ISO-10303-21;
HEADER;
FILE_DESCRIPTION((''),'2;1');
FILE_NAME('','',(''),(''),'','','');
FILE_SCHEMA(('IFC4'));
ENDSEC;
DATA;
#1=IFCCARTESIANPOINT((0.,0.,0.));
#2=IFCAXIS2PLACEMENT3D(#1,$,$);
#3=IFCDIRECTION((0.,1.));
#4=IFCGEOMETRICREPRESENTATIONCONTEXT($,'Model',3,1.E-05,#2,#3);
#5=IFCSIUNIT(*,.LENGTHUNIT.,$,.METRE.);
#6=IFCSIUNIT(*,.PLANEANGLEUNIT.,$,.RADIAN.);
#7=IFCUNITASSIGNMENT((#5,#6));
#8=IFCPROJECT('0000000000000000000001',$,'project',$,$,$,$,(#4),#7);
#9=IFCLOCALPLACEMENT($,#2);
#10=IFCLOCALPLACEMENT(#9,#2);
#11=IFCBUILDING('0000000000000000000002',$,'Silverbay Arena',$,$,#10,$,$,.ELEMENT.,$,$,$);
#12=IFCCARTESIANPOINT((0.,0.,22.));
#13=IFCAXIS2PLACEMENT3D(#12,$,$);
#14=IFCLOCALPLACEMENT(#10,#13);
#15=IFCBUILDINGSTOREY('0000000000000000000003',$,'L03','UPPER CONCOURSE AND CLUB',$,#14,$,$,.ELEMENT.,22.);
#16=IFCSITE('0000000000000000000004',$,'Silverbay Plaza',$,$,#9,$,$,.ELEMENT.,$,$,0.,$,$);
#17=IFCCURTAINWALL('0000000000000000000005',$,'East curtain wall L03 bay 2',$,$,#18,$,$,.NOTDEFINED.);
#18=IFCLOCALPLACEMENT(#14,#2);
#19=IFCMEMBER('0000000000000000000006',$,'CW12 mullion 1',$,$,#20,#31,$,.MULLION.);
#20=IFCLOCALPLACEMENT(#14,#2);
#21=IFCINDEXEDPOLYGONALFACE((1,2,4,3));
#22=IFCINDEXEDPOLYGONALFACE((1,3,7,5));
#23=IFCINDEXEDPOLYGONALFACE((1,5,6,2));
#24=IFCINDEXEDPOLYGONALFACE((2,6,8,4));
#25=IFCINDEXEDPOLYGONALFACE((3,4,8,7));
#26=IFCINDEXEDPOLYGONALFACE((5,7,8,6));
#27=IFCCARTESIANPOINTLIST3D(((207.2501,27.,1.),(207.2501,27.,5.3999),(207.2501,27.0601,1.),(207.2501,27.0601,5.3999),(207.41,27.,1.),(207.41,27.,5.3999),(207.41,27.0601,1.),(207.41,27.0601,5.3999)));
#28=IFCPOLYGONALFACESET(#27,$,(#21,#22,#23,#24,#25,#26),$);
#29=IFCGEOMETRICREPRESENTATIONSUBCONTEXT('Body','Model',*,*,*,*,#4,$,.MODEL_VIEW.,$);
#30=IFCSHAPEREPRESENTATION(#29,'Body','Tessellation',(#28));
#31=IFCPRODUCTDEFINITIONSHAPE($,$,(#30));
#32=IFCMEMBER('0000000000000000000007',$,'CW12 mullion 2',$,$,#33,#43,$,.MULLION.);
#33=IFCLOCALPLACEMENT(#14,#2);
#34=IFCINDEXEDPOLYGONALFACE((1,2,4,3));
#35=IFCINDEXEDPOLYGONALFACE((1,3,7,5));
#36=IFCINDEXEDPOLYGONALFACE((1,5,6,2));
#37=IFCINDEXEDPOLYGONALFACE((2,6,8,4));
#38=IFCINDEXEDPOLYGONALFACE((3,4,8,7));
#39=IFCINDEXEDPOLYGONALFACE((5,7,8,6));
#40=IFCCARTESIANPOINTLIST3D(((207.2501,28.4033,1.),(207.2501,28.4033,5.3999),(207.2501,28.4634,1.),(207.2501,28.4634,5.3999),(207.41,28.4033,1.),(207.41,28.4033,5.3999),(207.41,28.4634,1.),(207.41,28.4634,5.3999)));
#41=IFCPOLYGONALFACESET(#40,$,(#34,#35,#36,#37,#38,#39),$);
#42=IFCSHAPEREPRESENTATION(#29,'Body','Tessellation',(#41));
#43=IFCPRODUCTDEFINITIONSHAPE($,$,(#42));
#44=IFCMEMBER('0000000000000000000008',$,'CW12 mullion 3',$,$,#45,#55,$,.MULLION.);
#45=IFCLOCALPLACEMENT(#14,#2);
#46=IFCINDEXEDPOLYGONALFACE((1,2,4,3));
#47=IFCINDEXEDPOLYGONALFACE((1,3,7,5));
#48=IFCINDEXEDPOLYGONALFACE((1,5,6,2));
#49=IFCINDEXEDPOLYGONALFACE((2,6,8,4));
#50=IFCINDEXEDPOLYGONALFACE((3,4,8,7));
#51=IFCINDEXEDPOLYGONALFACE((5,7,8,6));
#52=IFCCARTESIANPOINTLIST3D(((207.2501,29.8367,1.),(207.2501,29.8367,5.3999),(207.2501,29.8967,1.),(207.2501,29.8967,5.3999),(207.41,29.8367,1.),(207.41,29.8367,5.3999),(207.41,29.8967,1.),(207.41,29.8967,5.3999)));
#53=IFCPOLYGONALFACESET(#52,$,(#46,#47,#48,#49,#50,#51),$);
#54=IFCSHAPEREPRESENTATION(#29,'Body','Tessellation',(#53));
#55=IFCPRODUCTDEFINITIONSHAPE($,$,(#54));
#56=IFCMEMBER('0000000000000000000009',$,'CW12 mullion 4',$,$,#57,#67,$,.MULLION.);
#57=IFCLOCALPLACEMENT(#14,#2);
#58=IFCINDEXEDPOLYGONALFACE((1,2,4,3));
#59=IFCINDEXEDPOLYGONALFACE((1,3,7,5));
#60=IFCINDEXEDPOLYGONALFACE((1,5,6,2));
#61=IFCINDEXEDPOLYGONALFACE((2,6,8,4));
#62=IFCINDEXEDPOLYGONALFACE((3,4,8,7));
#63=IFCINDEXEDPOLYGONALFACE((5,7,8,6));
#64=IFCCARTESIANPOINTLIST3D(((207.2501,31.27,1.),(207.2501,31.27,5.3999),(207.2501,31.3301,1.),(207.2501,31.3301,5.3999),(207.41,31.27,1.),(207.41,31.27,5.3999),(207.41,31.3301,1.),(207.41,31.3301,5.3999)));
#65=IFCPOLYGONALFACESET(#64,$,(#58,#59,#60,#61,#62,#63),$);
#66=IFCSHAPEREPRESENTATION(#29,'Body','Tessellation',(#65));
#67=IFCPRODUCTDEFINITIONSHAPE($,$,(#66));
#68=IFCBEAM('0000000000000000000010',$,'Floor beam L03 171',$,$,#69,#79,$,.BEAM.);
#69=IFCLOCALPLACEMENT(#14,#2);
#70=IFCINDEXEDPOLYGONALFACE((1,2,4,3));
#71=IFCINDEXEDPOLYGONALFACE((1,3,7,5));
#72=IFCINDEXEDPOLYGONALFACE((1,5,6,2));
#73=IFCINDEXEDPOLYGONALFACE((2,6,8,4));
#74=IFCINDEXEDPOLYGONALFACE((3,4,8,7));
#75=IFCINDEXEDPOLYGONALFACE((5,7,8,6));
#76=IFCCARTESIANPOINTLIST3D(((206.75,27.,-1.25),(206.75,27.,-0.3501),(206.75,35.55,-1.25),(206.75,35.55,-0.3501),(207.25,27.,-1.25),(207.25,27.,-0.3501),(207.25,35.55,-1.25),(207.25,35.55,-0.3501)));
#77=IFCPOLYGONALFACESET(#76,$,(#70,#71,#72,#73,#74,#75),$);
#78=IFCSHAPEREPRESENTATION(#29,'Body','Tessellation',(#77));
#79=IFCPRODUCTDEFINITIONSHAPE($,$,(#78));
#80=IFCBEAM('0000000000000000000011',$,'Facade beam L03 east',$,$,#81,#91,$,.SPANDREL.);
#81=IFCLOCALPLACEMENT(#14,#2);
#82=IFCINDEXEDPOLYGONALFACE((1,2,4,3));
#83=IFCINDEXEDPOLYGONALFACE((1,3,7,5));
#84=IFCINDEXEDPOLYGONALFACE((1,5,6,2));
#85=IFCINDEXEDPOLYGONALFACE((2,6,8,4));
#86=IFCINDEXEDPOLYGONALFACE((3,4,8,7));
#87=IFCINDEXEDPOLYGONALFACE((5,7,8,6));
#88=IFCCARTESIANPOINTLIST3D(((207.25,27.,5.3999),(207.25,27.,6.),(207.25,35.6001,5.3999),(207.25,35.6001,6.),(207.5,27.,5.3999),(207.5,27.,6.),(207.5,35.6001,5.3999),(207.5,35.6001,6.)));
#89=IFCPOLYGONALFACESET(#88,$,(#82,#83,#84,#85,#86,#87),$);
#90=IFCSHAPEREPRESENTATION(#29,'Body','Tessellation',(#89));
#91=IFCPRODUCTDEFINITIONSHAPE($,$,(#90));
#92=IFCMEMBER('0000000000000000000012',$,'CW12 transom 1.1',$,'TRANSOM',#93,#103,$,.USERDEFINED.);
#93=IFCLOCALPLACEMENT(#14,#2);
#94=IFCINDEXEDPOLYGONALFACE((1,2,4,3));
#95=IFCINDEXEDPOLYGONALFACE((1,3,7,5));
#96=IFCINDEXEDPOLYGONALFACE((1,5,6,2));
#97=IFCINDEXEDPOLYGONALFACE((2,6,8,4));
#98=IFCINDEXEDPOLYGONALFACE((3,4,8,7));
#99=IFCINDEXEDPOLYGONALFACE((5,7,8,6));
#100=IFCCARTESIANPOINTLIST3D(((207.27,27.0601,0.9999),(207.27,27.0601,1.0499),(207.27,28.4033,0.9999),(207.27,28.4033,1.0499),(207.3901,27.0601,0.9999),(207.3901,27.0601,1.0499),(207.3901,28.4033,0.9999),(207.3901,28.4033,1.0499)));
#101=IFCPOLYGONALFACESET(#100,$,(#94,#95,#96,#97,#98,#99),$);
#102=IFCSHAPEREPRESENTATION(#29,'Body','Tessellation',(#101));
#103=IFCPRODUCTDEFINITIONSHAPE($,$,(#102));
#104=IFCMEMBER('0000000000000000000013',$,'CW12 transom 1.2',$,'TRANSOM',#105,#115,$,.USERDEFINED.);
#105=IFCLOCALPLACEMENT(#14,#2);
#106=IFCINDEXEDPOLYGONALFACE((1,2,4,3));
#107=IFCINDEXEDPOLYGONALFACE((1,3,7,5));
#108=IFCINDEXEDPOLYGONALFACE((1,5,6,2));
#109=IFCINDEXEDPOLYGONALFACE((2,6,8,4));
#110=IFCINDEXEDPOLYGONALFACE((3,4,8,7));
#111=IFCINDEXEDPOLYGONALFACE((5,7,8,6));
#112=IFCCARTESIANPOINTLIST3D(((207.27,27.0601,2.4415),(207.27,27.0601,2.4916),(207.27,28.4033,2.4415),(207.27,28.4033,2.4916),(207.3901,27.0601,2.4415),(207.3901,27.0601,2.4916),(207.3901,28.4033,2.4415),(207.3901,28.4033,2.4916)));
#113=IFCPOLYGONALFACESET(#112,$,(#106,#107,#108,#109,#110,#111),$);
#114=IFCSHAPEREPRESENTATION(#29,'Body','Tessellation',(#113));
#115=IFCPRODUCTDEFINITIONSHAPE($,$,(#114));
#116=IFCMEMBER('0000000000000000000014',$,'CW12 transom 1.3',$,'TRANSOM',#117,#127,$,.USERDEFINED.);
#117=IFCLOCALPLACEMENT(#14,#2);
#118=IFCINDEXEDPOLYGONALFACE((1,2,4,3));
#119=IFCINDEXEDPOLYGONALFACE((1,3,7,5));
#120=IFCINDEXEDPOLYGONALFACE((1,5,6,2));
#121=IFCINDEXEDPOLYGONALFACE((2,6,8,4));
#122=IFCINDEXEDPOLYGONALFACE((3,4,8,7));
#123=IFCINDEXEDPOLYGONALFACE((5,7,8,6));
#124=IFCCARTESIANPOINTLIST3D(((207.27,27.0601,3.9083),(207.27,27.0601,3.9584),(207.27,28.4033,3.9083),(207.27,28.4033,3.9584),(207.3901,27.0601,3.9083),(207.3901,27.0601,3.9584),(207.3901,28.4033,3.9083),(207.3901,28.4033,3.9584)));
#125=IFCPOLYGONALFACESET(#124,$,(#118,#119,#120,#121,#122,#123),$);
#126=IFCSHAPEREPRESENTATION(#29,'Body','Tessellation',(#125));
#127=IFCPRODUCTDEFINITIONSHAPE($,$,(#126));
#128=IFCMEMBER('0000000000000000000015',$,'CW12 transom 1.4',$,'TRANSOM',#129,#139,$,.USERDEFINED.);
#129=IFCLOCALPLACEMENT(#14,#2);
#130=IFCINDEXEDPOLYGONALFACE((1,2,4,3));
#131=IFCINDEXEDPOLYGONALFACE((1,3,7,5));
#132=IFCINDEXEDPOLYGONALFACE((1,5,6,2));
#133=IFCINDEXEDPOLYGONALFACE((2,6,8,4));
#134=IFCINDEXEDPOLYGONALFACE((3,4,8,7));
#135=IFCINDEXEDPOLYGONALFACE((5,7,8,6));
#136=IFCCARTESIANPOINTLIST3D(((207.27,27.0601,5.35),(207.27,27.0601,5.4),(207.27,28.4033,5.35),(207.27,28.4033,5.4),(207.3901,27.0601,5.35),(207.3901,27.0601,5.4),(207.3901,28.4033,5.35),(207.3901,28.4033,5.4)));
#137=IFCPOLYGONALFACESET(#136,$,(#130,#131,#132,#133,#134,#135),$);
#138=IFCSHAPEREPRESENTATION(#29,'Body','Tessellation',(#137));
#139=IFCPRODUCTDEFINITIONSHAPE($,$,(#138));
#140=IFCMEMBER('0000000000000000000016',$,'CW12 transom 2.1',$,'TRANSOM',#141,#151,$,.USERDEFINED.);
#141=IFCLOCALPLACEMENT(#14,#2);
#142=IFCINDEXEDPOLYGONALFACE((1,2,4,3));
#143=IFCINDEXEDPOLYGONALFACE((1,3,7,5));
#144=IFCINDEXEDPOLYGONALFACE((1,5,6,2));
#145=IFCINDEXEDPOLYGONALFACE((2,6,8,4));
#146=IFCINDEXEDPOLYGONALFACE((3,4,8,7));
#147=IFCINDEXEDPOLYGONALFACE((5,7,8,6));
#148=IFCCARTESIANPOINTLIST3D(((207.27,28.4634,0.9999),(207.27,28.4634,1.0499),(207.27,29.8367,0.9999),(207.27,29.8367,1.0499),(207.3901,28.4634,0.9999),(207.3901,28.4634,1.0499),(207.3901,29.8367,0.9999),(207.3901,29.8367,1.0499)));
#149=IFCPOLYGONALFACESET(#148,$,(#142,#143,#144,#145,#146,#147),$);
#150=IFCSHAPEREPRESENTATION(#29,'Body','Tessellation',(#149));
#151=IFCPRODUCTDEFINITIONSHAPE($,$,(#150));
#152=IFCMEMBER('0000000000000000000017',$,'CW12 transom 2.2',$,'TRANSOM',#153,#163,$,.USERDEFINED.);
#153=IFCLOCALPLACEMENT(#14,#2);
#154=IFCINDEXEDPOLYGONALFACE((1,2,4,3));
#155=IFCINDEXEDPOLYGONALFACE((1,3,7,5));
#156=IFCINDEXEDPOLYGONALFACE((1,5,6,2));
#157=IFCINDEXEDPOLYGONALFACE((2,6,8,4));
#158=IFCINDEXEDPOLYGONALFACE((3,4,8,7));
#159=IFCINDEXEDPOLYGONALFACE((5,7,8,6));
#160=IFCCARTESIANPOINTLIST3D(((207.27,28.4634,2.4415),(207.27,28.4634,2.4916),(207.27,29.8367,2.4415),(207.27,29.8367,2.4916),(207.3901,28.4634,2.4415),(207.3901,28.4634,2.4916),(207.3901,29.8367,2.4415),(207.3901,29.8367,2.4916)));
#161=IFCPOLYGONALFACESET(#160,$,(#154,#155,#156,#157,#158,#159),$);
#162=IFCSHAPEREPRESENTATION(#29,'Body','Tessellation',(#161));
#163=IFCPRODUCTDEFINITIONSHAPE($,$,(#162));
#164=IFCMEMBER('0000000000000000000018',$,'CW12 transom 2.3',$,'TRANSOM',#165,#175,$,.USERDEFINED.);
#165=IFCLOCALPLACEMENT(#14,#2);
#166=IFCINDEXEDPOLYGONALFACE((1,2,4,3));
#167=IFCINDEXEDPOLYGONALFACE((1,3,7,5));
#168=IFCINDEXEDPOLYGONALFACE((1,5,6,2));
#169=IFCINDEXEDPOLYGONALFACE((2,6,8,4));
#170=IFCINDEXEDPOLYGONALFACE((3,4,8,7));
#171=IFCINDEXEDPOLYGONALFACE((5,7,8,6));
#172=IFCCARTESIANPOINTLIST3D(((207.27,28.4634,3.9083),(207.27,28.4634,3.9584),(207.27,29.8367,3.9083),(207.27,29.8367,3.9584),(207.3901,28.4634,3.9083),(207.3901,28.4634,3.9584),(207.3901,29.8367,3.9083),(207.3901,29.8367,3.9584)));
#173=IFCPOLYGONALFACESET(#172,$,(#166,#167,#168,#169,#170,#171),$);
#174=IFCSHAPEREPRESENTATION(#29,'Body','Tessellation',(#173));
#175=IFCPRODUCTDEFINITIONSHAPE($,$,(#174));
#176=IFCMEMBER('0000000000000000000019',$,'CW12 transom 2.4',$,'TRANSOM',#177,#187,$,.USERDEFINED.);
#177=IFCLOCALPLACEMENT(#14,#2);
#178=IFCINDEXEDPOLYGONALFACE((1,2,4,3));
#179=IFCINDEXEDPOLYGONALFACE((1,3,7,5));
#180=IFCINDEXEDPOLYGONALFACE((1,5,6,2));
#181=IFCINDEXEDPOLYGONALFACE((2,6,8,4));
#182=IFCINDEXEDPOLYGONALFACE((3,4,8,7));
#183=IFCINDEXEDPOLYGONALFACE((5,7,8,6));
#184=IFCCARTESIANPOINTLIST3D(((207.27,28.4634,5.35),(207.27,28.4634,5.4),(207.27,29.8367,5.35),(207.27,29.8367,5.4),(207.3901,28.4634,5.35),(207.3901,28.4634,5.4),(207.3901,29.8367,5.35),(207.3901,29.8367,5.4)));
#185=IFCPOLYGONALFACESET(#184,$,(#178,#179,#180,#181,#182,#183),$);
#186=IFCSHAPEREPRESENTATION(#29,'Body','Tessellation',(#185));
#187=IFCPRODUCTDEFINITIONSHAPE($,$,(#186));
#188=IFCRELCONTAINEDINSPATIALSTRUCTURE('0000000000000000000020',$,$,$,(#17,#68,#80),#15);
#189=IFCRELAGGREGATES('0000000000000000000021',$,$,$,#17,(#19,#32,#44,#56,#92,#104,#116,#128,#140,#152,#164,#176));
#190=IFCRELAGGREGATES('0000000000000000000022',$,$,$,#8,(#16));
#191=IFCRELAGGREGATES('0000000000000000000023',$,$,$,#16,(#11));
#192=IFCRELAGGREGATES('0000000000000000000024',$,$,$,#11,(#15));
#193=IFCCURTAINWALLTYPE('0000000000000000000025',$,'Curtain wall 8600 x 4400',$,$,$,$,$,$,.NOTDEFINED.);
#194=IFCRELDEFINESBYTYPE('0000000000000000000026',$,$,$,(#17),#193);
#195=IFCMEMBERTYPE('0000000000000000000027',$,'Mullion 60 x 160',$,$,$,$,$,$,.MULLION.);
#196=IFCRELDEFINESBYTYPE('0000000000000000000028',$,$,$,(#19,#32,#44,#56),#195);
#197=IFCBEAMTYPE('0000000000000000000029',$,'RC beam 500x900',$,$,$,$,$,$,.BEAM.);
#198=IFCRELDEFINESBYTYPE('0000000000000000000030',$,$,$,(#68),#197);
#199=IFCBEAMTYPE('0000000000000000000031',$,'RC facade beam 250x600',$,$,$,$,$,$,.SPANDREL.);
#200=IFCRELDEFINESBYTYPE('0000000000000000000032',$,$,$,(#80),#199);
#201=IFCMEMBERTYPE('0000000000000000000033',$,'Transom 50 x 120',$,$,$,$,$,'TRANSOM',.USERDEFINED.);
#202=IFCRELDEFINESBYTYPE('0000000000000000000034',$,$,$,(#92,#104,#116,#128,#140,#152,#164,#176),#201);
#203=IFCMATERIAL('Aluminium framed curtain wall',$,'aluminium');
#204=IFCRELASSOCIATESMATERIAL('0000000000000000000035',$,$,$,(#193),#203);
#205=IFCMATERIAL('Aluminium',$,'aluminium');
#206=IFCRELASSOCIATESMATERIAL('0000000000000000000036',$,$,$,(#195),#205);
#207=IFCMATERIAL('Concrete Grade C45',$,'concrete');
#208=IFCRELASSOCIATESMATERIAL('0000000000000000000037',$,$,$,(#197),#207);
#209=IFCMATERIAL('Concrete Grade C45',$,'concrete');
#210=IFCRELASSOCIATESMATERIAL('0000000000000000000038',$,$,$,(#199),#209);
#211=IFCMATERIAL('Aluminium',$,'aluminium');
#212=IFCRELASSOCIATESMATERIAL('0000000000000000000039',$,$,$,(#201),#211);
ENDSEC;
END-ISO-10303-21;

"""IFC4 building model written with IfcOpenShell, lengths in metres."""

from ifc_helpers import new_model, si_unit, direction, frame, origin, origin_2d, place, context, subcontext, project, spatial, rectangle, extrude, material, material_profile, profile_set, type_object, element, aggregate, save


model = new_model("IFC4")

# Units and contexts
model_context = context("Model", 3, precision=1e-05, world=origin(), true_north=direction((0.0, 1.0)))
body_context = subcontext(model_context, "Body", "Model", "MODEL_VIEW")
ifc_project = project(units=[si_unit("LENGTHUNIT", "METRE"), si_unit("PLANEANGLEUNIT", "RADIAN")], contexts=[model_context])

# Site, building, storey
site_placement = place(None, origin())
site = spatial("IfcSite", under=ifc_project, at=site_placement, Name="Silverbay Plaza", CompositionType="ELEMENT", RefElevation=0.0)
building_placement = place(site_placement, origin())
building = spatial("IfcBuilding", under=site, at=building_placement, Name="Silverbay Arena", CompositionType="ELEMENT")
storey_placement = place(building_placement, frame((0.0, 0.0, 22.0)))
storey = spatial("IfcBuildingStorey", under=building, at=storey_placement, Name="L03", Description="UPPER CONCOURSE AND CLUB", CompositionType="ELEMENT", Elevation=22.0)

# Curtain wall, members
ifc_material_1 = material(Name="Aluminium framed curtain wall", Category="aluminium")
curtain_wall_type = type_object("IfcCurtainWallType", Name="Curtain wall 8600 x 4400", PredefinedType="NOTDEFINED", material=ifc_material_1)
curtain_wall_placement = place(storey_placement, origin())
curtain_wall = element("IfcCurtainWall", 1, at=curtain_wall_placement, inside=storey, type_object=curtain_wall_type, Name="East curtain wall L03 bay 2", PredefinedType="NOTDEFINED")
ifc_material_2 = material(Name="Aluminium", Category="aluminium")
ifc_material_profile_1 = material_profile(ifc_material_2, rectangle(XDim=0.1599, YDim=0.0601, at=origin_2d()), Name="Mullion 60 x 160")
ifc_profile_set_1 = profile_set([ifc_material_profile_1], Name="Aluminium")
member_type_1 = type_object("IfcMemberType", Name="Mullion 60 x 160", PredefinedType="MULLION", material=ifc_profile_set_1)
member_1_placement = place(storey_placement, frame((207.3301, 27.03, 1.0), z_axis=(0.0, 0.0, 1.0), x_axis=(-1.0, 0.0, 0.0)))
member_1 = element("IfcMember", 2, at=member_1_placement, type_object=member_type_1, Name="CW12 mullion 1", PredefinedType="MULLION", context=body_context, shape_type="SweptSolid", body=[
    extrude(rectangle(XDim=0.1599, YDim=0.0601, at=origin_2d()), origin(), (0.0, 0.0, 1.0), 4.3999),
])
member_2_placement = place(storey_placement, frame((207.3301, 28.4333, 1.0), z_axis=(0.0, 0.0, 1.0), x_axis=(-1.0, 0.0, 0.0)))
member_2 = element("IfcMember", 3, at=member_2_placement, type_object=member_type_1, Name="CW12 mullion 2", PredefinedType="MULLION", context=body_context, shape_type="SweptSolid", body=[
    extrude(rectangle(XDim=0.1599, YDim=0.0601, at=origin_2d()), origin(), (0.0, 0.0, 1.0), 4.3999),
])
member_3_placement = place(storey_placement, frame((207.3301, 29.8667, 1.0), z_axis=(0.0, 0.0, 1.0), x_axis=(-1.0, 0.0, 0.0)))
member_3 = element("IfcMember", 4, at=member_3_placement, type_object=member_type_1, Name="CW12 mullion 3", PredefinedType="MULLION", context=body_context, shape_type="SweptSolid", body=[
    extrude(rectangle(XDim=0.1599, YDim=0.0601, at=origin_2d()), origin(), (0.0, 0.0, 1.0), 4.3999),
])
member_4_placement = place(storey_placement, frame((207.3301, 31.3, 1.0), z_axis=(0.0, 0.0, 1.0), x_axis=(-1.0, 0.0, 0.0)))
member_4 = element("IfcMember", 5, at=member_4_placement, type_object=member_type_1, Name="CW12 mullion 4", PredefinedType="MULLION", context=body_context, shape_type="SweptSolid", body=[
    extrude(rectangle(XDim=0.1599, YDim=0.0601, at=origin_2d()), origin(), (0.0, 0.0, 1.0), 4.3999),
])

# Beams
ifc_material_3 = material(Name="Concrete Grade C45", Category="concrete")
ifc_material_profile_2 = material_profile(ifc_material_3, rectangle(XDim=0.5, YDim=0.8999, at=origin_2d()), Name="RC 500x900")
ifc_profile_set_2 = profile_set([ifc_material_profile_2], Name="Concrete Grade C45")
beam_type_1 = type_object("IfcBeamType", Name="RC beam 500x900", PredefinedType="BEAM", material=ifc_profile_set_2)
beam_1_placement = place(storey_placement, frame((207.0, 27.0, -0.8), z_axis=(0.0, 1.0, 0.0), x_axis=(-1.0, 0.0, 0.0)))
element("IfcBeam", 6, at=beam_1_placement, inside=storey, type_object=beam_type_1, Name="Floor beam L03 171", PredefinedType="BEAM", context=body_context, shape_type="SweptSolid", body=[
    extrude(rectangle(XDim=0.5, YDim=0.8999, at=origin_2d()), origin(), (0.0, 0.0, 1.0), 8.55),
])
ifc_material_4 = material(Name="Concrete Grade C45", Category="concrete")
ifc_material_profile_3 = material_profile(ifc_material_4, rectangle(XDim=0.25, YDim=0.6001, at=origin_2d()), Name="RC 250x600")
ifc_profile_set_3 = profile_set([ifc_material_profile_3], Name="Concrete Grade C45")
beam_type_2 = type_object("IfcBeamType", Name="RC facade beam 250x600", PredefinedType="SPANDREL", material=ifc_profile_set_3)
beam_2_placement = place(storey_placement, frame((207.375, 27.0, 5.7), z_axis=(0.0, 1.0, 0.0), x_axis=(-1.0, 0.0, 0.0)))
element("IfcBeam", 7, at=beam_2_placement, inside=storey, type_object=beam_type_2, Name="Facade beam L03 east", PredefinedType="SPANDREL", context=body_context, shape_type="SweptSolid", body=[
    extrude(rectangle(XDim=0.25, YDim=0.6001, at=origin_2d()), origin(), (0.0, 0.0, 1.0), 8.6001),
])

# Members
ifc_material_5 = material(Name="Aluminium", Category="aluminium")
ifc_material_profile_4 = material_profile(ifc_material_5, rectangle(XDim=0.1201, YDim=0.05, at=origin_2d()), Name="Transom 50 x 120")
ifc_profile_set_4 = profile_set([ifc_material_profile_4], Name="Aluminium")
member_type_2 = type_object("IfcMemberType", Name="Transom 50 x 120", ElementType="TRANSOM", PredefinedType="USERDEFINED", material=ifc_profile_set_4)
member_5_placement = place(storey_placement, frame((207.3301, 27.0601, 1.0249), z_axis=(0.0, 1.0, 0.0), x_axis=(-1.0, 0.0, 0.0)))
member_5 = element("IfcMember", 8, at=member_5_placement, type_object=member_type_2, Name="CW12 transom 1.1", ObjectType="TRANSOM", PredefinedType="USERDEFINED", context=body_context, shape_type="SweptSolid", body=[
    extrude(rectangle(XDim=0.1201, YDim=0.05, at=origin_2d()), origin(), (0.0, 0.0, 1.0), 1.3433),
])
member_6_placement = place(storey_placement, frame((207.3301, 27.0601, 2.4666), z_axis=(0.0, 1.0, 0.0), x_axis=(-1.0, 0.0, 0.0)))
member_6 = element("IfcMember", 9, at=member_6_placement, type_object=member_type_2, Name="CW12 transom 1.2", ObjectType="TRANSOM", PredefinedType="USERDEFINED", context=body_context, shape_type="SweptSolid", body=[
    extrude(rectangle(XDim=0.1201, YDim=0.05, at=origin_2d()), origin(), (0.0, 0.0, 1.0), 1.3433),
])
member_7_placement = place(storey_placement, frame((207.3301, 27.0601, 3.9333), z_axis=(0.0, 1.0, 0.0), x_axis=(-1.0, 0.0, 0.0)))
member_7 = element("IfcMember", 10, at=member_7_placement, type_object=member_type_2, Name="CW12 transom 1.3", ObjectType="TRANSOM", PredefinedType="USERDEFINED", context=body_context, shape_type="SweptSolid", body=[
    extrude(rectangle(XDim=0.1201, YDim=0.05, at=origin_2d()), origin(), (0.0, 0.0, 1.0), 1.3433),
])
member_8_placement = place(storey_placement, frame((207.3301, 27.0601, 5.375), z_axis=(0.0, 1.0, 0.0), x_axis=(-1.0, 0.0, 0.0)))
member_8 = element("IfcMember", 11, at=member_8_placement, type_object=member_type_2, Name="CW12 transom 1.4", ObjectType="TRANSOM", PredefinedType="USERDEFINED", context=body_context, shape_type="SweptSolid", body=[
    extrude(rectangle(XDim=0.1201, YDim=0.05, at=origin_2d()), origin(), (0.0, 0.0, 1.0), 1.3433),
])
member_9_placement = place(storey_placement, frame((207.3301, 28.4634, 1.0249), z_axis=(0.0, 1.0, 0.0), x_axis=(-1.0, 0.0, 0.0)))
member_9 = element("IfcMember", 12, at=member_9_placement, type_object=member_type_2, Name="CW12 transom 2.1", ObjectType="TRANSOM", PredefinedType="USERDEFINED", context=body_context, shape_type="SweptSolid", body=[
    extrude(rectangle(XDim=0.1201, YDim=0.05, at=origin_2d()), origin(), (0.0, 0.0, 1.0), 1.3733),
])
member_10_placement = place(storey_placement, frame((207.3301, 28.4634, 2.4666), z_axis=(0.0, 1.0, 0.0), x_axis=(-1.0, 0.0, 0.0)))
member_10 = element("IfcMember", 13, at=member_10_placement, type_object=member_type_2, Name="CW12 transom 2.2", ObjectType="TRANSOM", PredefinedType="USERDEFINED", context=body_context, shape_type="SweptSolid", body=[
    extrude(rectangle(XDim=0.1201, YDim=0.05, at=origin_2d()), origin(), (0.0, 0.0, 1.0), 1.3733),
])
member_11_placement = place(storey_placement, frame((207.3301, 28.4634, 3.9333), z_axis=(0.0, 1.0, 0.0), x_axis=(-1.0, 0.0, 0.0)))
member_11 = element("IfcMember", 14, at=member_11_placement, type_object=member_type_2, Name="CW12 transom 2.3", ObjectType="TRANSOM", PredefinedType="USERDEFINED", context=body_context, shape_type="SweptSolid", body=[
    extrude(rectangle(XDim=0.1201, YDim=0.05, at=origin_2d()), origin(), (0.0, 0.0, 1.0), 1.3733),
])
member_12_placement = place(storey_placement, frame((207.3301, 28.4634, 5.375), z_axis=(0.0, 1.0, 0.0), x_axis=(-1.0, 0.0, 0.0)))
member_12 = element("IfcMember", 15, at=member_12_placement, type_object=member_type_2, Name="CW12 transom 2.4", ObjectType="TRANSOM", PredefinedType="USERDEFINED", context=body_context, shape_type="SweptSolid", body=[
    extrude(rectangle(XDim=0.1201, YDim=0.05, at=origin_2d()), origin(), (0.0, 0.0, 1.0), 1.3733),
])

aggregate(curtain_wall, [member_1, member_2, member_3, member_4, member_5, member_6, member_7, member_8, member_9, member_10, member_11, member_12])

save(model, "model.ifc")
